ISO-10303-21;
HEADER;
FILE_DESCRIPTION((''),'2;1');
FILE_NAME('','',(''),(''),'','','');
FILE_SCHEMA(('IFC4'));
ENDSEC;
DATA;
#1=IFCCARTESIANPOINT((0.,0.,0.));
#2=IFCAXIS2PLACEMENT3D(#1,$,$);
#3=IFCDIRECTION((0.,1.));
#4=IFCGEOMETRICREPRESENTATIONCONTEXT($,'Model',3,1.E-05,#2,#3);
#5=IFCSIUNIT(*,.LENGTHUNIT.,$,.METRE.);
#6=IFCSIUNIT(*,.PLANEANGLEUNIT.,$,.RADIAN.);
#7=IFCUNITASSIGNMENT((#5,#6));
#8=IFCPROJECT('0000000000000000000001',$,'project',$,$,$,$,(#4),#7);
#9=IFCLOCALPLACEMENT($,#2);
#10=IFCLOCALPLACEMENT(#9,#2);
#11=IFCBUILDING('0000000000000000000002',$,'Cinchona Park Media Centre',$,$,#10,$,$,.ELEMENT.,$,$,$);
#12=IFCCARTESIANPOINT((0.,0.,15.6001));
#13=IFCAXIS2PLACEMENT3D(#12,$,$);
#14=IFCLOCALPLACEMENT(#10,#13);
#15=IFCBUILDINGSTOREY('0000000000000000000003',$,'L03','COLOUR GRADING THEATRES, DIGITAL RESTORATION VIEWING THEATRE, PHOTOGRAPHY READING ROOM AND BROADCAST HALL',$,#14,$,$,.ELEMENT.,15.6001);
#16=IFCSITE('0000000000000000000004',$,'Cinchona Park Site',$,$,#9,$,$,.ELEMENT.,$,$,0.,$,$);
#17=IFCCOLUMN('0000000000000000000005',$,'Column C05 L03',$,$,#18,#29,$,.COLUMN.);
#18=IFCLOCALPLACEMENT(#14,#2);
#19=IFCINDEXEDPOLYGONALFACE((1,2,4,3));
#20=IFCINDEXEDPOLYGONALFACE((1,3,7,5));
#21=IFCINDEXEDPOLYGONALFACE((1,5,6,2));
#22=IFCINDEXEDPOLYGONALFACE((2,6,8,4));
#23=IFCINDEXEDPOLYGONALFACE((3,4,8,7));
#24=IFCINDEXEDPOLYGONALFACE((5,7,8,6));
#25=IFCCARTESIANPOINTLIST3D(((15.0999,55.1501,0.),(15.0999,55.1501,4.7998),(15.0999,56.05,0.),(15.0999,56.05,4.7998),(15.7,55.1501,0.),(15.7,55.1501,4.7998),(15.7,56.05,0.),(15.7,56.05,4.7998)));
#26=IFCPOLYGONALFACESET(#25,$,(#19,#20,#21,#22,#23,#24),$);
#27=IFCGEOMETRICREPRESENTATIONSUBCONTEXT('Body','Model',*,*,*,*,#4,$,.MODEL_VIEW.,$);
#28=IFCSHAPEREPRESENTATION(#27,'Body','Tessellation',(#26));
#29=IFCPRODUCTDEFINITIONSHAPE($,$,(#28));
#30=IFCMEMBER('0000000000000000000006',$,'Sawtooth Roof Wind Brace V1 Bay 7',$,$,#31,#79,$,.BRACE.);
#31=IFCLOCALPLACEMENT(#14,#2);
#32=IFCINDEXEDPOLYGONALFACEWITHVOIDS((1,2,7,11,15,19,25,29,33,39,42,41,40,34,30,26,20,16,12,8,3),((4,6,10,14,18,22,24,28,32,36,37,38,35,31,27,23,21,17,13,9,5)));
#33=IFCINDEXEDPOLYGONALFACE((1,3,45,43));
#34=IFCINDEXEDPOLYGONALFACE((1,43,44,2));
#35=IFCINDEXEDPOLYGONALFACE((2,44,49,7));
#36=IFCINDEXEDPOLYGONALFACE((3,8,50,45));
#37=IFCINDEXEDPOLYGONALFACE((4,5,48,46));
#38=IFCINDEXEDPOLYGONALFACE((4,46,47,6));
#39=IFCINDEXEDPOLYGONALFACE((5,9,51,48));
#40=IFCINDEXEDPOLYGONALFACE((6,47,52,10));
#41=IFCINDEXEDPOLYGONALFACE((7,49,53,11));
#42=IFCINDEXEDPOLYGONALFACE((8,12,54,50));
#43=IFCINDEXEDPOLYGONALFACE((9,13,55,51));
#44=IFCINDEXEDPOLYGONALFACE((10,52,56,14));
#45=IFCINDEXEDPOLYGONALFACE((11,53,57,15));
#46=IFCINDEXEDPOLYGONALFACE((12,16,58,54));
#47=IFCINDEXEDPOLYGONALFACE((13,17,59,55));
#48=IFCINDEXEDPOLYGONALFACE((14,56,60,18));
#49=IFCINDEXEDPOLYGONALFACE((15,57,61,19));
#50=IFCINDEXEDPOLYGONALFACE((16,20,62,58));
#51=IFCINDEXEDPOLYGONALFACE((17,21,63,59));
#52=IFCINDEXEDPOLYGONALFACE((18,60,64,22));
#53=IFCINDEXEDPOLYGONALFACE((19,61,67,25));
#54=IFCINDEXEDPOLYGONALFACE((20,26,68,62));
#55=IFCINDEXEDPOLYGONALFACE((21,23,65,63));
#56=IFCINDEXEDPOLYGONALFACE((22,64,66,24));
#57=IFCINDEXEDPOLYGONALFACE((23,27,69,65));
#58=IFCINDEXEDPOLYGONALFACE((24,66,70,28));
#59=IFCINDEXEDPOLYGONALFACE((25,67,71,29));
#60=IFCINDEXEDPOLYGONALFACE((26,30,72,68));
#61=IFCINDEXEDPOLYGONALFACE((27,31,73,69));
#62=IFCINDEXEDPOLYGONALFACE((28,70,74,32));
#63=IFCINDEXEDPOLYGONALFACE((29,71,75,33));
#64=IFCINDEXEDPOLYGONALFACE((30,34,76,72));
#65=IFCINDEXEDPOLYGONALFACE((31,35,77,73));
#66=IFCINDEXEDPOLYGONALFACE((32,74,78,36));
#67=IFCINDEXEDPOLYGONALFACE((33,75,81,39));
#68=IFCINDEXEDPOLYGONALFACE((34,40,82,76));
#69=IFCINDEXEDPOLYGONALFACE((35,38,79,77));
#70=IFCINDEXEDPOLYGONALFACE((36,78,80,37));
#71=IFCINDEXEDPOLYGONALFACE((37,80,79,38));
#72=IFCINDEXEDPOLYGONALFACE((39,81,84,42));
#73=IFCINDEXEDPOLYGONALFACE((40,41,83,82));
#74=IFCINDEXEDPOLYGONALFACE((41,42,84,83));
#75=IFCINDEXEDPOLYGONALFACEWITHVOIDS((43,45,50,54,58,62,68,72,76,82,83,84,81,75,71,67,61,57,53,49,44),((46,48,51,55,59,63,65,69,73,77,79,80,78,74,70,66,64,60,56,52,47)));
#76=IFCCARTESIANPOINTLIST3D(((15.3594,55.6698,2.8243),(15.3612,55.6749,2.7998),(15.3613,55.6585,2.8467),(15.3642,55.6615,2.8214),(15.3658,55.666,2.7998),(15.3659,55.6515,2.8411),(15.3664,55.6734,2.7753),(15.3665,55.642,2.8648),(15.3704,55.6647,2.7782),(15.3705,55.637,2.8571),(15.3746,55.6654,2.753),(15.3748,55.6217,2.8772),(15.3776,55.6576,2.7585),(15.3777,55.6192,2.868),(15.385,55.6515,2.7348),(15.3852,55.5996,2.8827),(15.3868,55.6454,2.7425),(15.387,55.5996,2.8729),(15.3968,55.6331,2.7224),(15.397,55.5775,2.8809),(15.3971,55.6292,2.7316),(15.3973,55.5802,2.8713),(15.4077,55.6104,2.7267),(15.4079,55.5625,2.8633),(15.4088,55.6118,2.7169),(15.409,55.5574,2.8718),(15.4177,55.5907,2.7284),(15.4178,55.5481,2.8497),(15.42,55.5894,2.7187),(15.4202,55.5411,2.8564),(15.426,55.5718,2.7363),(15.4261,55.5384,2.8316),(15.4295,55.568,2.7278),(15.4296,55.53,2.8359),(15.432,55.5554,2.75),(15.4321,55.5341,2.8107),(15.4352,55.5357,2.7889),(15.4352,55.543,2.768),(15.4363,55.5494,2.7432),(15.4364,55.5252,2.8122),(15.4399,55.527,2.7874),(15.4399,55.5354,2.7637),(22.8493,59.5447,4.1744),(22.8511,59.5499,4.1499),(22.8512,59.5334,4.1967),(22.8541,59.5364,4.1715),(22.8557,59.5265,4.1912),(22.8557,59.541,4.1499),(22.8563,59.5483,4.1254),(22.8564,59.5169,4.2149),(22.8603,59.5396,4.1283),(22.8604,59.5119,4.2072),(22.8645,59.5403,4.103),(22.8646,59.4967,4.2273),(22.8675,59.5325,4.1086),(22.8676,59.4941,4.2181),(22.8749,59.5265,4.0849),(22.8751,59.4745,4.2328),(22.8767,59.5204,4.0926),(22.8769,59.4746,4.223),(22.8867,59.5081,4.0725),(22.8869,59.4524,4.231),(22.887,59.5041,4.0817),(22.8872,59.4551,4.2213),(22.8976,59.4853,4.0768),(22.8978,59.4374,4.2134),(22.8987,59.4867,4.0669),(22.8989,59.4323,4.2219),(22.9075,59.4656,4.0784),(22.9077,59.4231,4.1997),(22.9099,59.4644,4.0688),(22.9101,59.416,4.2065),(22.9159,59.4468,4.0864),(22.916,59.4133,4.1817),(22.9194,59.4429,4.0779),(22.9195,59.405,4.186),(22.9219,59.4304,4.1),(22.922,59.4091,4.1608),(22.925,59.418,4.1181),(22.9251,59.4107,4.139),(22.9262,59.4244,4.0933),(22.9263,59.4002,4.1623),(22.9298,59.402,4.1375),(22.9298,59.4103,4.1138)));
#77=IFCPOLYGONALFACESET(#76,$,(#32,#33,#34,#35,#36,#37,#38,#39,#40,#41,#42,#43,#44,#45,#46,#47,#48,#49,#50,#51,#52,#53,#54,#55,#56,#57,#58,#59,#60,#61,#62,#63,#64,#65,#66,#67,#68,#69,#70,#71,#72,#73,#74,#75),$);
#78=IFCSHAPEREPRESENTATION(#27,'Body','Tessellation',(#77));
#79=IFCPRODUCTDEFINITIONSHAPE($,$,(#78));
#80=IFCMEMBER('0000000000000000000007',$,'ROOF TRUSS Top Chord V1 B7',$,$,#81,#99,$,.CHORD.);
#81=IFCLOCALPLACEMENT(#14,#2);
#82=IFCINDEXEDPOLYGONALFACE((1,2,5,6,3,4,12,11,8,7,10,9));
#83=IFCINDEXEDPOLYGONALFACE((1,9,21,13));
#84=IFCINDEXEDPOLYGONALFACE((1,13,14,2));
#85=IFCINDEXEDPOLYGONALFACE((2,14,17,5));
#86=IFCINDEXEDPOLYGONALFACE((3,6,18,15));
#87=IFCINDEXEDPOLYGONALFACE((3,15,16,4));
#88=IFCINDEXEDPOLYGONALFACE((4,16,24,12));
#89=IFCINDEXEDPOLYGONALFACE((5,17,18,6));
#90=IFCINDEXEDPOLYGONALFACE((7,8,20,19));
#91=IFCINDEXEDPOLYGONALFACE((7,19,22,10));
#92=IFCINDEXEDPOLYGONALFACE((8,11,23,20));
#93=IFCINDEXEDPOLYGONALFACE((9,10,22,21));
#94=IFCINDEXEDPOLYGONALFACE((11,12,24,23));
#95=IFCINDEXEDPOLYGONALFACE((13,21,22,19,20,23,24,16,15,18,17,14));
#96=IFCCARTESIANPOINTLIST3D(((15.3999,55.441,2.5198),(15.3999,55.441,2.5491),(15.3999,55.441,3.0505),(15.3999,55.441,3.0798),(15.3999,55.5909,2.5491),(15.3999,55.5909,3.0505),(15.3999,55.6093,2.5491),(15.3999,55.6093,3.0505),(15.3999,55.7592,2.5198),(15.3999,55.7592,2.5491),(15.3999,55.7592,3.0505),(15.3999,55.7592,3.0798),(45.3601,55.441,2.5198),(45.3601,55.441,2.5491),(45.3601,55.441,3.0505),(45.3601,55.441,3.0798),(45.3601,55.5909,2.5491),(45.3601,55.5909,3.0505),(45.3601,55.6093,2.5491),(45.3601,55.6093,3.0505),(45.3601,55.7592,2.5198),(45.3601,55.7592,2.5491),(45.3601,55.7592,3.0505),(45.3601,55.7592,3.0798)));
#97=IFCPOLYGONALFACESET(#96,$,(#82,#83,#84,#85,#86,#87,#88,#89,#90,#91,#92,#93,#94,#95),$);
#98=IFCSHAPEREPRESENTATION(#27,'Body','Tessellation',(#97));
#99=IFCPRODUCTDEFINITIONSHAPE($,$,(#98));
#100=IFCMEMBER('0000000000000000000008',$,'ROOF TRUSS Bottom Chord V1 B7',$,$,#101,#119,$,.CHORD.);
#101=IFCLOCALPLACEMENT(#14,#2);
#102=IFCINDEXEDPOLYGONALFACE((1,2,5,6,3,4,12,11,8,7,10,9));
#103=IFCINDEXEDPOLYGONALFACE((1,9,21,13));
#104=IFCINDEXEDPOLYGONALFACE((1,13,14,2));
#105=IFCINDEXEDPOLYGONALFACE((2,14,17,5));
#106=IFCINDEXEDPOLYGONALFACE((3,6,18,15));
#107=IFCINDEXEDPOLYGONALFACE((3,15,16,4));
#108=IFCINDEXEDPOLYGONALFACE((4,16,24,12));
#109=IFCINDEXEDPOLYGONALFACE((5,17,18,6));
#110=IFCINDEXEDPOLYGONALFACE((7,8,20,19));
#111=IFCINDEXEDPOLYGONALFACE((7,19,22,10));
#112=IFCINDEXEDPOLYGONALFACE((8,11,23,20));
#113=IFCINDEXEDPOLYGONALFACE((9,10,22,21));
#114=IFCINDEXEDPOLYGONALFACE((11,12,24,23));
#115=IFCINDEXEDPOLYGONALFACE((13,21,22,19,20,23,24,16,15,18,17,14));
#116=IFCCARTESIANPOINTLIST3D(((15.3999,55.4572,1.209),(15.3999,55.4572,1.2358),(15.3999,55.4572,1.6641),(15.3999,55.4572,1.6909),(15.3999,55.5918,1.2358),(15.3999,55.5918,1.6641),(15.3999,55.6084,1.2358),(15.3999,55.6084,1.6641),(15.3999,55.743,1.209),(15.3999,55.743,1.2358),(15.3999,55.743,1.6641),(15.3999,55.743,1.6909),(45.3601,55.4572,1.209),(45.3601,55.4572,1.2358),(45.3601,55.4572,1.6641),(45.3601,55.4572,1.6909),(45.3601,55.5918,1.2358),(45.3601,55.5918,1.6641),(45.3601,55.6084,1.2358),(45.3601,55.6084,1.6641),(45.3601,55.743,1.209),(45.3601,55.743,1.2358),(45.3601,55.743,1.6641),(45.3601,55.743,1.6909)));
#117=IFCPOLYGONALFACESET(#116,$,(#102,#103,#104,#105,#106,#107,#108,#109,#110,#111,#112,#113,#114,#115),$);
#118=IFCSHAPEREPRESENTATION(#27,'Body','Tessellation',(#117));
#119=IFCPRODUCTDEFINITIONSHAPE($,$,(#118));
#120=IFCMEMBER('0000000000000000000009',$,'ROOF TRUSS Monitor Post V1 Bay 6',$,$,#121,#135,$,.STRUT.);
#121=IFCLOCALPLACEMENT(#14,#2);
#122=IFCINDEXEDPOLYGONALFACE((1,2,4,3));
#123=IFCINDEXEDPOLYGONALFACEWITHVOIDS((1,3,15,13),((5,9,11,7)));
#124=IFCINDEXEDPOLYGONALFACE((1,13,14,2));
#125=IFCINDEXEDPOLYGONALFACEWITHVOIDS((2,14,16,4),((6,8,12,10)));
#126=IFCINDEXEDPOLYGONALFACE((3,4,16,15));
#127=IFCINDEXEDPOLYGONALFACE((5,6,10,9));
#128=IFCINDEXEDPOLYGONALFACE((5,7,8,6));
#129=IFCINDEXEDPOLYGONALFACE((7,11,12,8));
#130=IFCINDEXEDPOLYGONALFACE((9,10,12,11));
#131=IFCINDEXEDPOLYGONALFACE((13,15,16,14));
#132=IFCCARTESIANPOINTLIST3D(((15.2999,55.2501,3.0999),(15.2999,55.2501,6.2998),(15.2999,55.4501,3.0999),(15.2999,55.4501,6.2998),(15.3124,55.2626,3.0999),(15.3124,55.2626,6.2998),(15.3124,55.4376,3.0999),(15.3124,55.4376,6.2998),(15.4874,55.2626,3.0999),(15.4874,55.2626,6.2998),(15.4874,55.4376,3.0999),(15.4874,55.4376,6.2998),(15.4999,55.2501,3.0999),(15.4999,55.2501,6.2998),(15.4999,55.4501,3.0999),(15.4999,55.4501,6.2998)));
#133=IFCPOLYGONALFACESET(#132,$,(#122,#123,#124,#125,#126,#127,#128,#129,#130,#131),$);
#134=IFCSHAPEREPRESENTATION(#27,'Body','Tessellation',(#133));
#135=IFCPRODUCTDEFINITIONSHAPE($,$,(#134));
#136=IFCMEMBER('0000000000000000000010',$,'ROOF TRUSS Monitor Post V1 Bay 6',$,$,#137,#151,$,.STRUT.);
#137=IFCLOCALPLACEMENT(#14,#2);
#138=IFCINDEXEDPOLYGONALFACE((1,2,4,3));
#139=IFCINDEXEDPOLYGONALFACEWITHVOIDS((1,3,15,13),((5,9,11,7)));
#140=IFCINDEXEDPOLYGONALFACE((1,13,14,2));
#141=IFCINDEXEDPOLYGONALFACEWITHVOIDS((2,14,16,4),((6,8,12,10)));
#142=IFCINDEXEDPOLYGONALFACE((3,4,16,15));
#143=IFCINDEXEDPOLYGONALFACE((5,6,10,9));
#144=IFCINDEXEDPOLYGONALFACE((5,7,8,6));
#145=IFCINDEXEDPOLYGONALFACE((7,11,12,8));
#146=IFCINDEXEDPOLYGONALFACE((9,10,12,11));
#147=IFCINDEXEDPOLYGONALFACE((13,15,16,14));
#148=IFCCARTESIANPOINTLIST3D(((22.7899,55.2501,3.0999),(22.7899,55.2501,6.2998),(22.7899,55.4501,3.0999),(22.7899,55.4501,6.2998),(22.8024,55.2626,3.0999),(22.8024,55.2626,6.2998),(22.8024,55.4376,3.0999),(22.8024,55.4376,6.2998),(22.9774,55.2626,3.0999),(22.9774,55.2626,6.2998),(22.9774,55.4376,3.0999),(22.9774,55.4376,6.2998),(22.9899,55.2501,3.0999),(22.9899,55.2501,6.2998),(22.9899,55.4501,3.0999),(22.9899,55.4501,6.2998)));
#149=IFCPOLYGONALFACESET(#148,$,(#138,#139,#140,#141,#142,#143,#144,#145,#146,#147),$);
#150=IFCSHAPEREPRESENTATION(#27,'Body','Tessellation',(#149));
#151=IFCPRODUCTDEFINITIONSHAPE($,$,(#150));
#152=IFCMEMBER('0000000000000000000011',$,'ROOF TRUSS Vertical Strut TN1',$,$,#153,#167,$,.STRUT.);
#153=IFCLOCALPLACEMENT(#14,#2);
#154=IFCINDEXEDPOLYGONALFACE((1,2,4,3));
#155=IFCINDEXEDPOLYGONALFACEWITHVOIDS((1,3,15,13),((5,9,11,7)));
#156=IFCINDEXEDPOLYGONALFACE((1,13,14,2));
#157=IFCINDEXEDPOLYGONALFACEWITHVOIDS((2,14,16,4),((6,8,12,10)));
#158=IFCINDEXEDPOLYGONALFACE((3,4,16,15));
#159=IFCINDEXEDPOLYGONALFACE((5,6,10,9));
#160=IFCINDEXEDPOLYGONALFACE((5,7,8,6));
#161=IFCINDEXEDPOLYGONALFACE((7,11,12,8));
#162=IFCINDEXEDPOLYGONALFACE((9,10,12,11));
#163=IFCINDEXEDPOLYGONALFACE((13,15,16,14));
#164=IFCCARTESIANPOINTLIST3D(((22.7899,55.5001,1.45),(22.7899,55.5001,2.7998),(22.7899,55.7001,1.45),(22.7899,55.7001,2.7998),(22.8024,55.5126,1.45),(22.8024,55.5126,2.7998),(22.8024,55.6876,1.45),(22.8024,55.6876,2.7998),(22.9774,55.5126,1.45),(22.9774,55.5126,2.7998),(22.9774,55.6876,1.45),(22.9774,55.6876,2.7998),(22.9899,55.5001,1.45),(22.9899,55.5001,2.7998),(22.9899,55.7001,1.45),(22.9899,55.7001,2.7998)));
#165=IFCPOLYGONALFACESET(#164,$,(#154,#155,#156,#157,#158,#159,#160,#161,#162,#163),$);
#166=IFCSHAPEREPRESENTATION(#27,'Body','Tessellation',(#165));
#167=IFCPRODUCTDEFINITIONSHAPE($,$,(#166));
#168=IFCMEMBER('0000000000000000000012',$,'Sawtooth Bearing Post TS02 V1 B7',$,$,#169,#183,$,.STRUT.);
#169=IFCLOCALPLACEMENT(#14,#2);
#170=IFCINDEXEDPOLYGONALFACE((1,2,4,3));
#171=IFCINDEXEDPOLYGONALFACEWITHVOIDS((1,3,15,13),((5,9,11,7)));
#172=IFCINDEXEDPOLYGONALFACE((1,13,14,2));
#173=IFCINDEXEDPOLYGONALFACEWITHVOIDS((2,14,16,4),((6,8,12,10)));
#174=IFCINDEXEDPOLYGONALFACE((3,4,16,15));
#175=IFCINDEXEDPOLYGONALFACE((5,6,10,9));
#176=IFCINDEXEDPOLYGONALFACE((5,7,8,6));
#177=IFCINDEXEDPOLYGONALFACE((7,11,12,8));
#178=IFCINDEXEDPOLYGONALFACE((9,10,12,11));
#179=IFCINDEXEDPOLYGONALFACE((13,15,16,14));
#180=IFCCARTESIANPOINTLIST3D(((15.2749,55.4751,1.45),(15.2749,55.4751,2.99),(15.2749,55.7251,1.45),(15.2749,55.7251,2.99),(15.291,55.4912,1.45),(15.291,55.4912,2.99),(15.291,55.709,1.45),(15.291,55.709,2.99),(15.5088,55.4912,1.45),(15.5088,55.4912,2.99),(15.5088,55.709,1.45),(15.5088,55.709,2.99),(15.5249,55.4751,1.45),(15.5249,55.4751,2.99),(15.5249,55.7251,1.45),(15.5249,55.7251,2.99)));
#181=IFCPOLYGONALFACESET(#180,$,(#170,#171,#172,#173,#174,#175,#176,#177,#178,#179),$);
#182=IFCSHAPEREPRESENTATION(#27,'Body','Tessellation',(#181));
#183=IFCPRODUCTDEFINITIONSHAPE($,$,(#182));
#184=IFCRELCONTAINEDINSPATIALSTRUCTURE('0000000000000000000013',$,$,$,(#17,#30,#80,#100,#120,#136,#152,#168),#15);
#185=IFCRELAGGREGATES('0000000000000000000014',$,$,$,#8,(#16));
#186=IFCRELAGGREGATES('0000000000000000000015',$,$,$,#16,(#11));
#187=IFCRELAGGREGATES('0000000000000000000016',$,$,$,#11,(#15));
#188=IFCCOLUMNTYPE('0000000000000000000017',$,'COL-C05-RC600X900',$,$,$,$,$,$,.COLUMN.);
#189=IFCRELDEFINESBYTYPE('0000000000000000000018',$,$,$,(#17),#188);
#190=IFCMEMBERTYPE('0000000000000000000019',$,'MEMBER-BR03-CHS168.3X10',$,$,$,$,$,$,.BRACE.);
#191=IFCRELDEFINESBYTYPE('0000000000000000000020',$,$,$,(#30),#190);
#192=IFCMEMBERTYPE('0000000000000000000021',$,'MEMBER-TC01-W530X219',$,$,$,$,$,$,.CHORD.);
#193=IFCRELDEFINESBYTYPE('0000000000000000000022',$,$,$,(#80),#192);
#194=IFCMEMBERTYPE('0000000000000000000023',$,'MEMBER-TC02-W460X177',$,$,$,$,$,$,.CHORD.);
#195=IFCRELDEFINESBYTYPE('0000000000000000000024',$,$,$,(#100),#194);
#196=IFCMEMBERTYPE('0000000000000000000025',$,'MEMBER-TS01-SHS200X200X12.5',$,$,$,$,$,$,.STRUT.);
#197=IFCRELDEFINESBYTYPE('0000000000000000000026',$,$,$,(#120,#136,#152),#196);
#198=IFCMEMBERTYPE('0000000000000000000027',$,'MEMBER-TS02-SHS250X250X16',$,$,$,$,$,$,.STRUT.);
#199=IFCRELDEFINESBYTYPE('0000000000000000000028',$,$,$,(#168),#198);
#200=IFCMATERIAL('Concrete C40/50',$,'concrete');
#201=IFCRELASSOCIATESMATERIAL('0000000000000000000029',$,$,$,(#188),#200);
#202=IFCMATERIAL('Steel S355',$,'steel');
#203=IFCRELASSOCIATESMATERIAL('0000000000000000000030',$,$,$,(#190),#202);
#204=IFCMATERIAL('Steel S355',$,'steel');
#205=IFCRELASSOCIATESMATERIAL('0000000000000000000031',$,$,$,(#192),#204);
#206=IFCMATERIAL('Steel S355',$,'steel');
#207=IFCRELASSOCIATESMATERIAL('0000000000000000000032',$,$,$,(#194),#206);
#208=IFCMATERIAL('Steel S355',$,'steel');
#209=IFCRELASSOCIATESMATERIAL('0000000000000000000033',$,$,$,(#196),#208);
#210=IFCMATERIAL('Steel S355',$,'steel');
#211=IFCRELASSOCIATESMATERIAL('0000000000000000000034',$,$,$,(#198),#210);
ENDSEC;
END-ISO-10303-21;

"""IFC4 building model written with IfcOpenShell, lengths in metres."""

from ifc_helpers import new_model, si_unit, direction, frame, origin, origin_2d, place, context, subcontext, project, spatial, rectangle, hollow_rectangle, hollow_circle, i_section, extrude, material, material_profile, profile_set, type_object, element, save


model = new_model("IFC4")

# Units and contexts
model_context = context("Model", 3, precision=1e-05, world=origin(), true_north=direction((0.0, 1.0)))
body_context = subcontext(model_context, "Body", "Model", "MODEL_VIEW")
ifc_project = project(units=[si_unit("LENGTHUNIT", "METRE"), si_unit("PLANEANGLEUNIT", "RADIAN")], contexts=[model_context])

# Site, building, storey
site_placement = place(None, origin())
site = spatial("IfcSite", under=ifc_project, at=site_placement, Name="Cinchona Park Site", CompositionType="ELEMENT", RefElevation=0.0)
building_placement = place(site_placement, origin())
building = spatial("IfcBuilding", under=site, at=building_placement, Name="Cinchona Park Media Centre", CompositionType="ELEMENT")
storey_placement = place(building_placement, frame((0.0, 0.0, 15.6001)))
storey = spatial("IfcBuildingStorey", under=building, at=storey_placement, Name="L03", Description="COLOUR GRADING THEATRES, DIGITAL RESTORATION VIEWING THEATRE, PHOTOGRAPHY READING ROOM AND BROADCAST HALL", CompositionType="ELEMENT", Elevation=15.6001)

# Column
ifc_material_1 = material(Name="Concrete C40/50", Category="concrete")
ifc_material_profile_1 = material_profile(ifc_material_1, rectangle(XDim=0.6001, YDim=0.8999, at=origin_2d()), Name="RC 600X900")
ifc_profile_set_1 = profile_set([ifc_material_profile_1], Name="Concrete C40/50")
column_type = type_object("IfcColumnType", Name="COL-C05-RC600X900", PredefinedType="COLUMN", material=ifc_profile_set_1)
column_placement = place(storey_placement, frame((15.3999, 55.6001, 0.0), z_axis=(0.0, 0.0, 1.0), x_axis=(1.0, 0.0, 0.0)))
element("IfcColumn", 1, at=column_placement, inside=storey, type_object=column_type, Name="Column C05 L03", PredefinedType="COLUMN", context=body_context, shape_type="SweptSolid", body=[
    extrude(rectangle(XDim=0.6001, YDim=0.8999, at=origin_2d()), origin(), (0.0, 0.0, 1.0), 4.7998),
])

# Members
ifc_material_2 = material(Name="Steel S355", Category="steel")
ifc_material_profile_2 = material_profile(ifc_material_2, hollow_circle(Radius=0.0842, WallThickness=0.01, at=origin_2d()), Name="168.3X10CHS")
ifc_profile_set_2 = profile_set([ifc_material_profile_2], Name="Steel S355")
member_type_1 = type_object("IfcMemberType", Name="MEMBER-BR03-CHS168.3X10", PredefinedType="BRACE", material=ifc_profile_set_2)
member_1_placement = place(storey_placement, frame((15.3999, 55.6001, 2.7998), z_axis=(0.877007, 0.453726, 0.158084), x_axis=(-0.459504, 0.888176, 0.0)))
element("IfcMember", 2, at=member_1_placement, inside=storey, type_object=member_type_1, Name="Sawtooth Roof Wind Brace V1 Bay 7", PredefinedType="BRACE", context=body_context, shape_type="SweptSolid", body=[
    extrude(hollow_circle(Radius=0.0842, WallThickness=0.01, at=origin_2d()), origin(), (0.0, 0.0, 1.0), 8.5403),
])
ifc_material_3 = material(Name="Steel S355", Category="steel")
ifc_material_profile_3 = material_profile(ifc_material_3, i_section(OverallWidth=0.3181, OverallDepth=0.5601, WebThickness=0.0183, FlangeThickness=0.0293, at=origin_2d()), Name="W530X219")
ifc_profile_set_3 = profile_set([ifc_material_profile_3], Name="Steel S355")
member_type_2 = type_object("IfcMemberType", Name="MEMBER-TC01-W530X219", PredefinedType="CHORD", material=ifc_profile_set_3)
member_2_placement = place(storey_placement, frame((15.3999, 55.6001, 2.7998), z_axis=(1.0, 0.0, 0.0), x_axis=(0.0, 1.0, 0.0)))
element("IfcMember", 3, at=member_2_placement, inside=storey, type_object=member_type_2, Name="ROOF TRUSS Top Chord V1 B7", PredefinedType="CHORD", context=body_context, shape_type="SweptSolid", body=[
    extrude(i_section(OverallWidth=0.3181, OverallDepth=0.5601, WebThickness=0.0183, FlangeThickness=0.0293, at=origin_2d()), origin(), (0.0, 0.0, 1.0), 29.9602),
])
ifc_material_4 = material(Name="Steel S355", Category="steel")
ifc_material_profile_4 = material_profile(ifc_material_4, i_section(OverallWidth=0.2859, OverallDepth=0.4819, WebThickness=0.0166, FlangeThickness=0.0269, at=origin_2d()), Name="W460X177")
ifc_profile_set_4 = profile_set([ifc_material_profile_4], Name="Steel S355")
member_type_3 = type_object("IfcMemberType", Name="MEMBER-TC02-W460X177", PredefinedType="CHORD", material=ifc_profile_set_4)
member_3_placement = place(storey_placement, frame((15.3999, 55.6001, 1.45), z_axis=(1.0, 0.0, 0.0), x_axis=(0.0, 1.0, 0.0)))
element("IfcMember", 4, at=member_3_placement, inside=storey, type_object=member_type_3, Name="ROOF TRUSS Bottom Chord V1 B7", PredefinedType="CHORD", context=body_context, shape_type="SweptSolid", body=[
    extrude(i_section(OverallWidth=0.2859, OverallDepth=0.4819, WebThickness=0.0166, FlangeThickness=0.0269, at=origin_2d()), origin(), (0.0, 0.0, 1.0), 29.9602),
])
ifc_material_5 = material(Name="Steel S355", Category="steel")
ifc_material_profile_5 = material_profile(ifc_material_5, hollow_rectangle(XDim=0.2, YDim=0.2, WallThickness=0.0125, at=origin_2d()), Name="200X200X12.5SHS")
ifc_profile_set_5 = profile_set([ifc_material_profile_5], Name="Steel S355")
member_type_4 = type_object("IfcMemberType", Name="MEMBER-TS01-SHS200X200X12.5", PredefinedType="STRUT", material=ifc_profile_set_5)
for number, where, z_axis, x_axis, name in (
    (5, (15.3999, 55.3501, 3.0999), (0.0, 0.0, 1.0), (1.0, 0.0, 0.0), "ROOF TRUSS Monitor Post V1 Bay 6"),
    (6, (22.8899, 55.3501, 3.0999), (0.0, 0.0, 1.0), (1.0, 0.0, 0.0), "ROOF TRUSS Monitor Post V1 Bay 6"),
):
    element("IfcMember", number, at=place(storey_placement, frame(where, z_axis=z_axis, x_axis=x_axis)), inside=storey, type_object=member_type_4, Name=name, PredefinedType="STRUT", context=body_context, shape_type="SweptSolid", body=[
        extrude(hollow_rectangle(XDim=0.2, YDim=0.2, WallThickness=0.0125, at=origin_2d()), origin(), (0.0, 0.0, 1.0), 3.2),
    ])
member_4_placement = place(storey_placement, frame((22.8899, 55.6001, 1.45), z_axis=(0.0, 0.0, 1.0), x_axis=(1.0, 0.0, 0.0)))
element("IfcMember", 7, at=member_4_placement, inside=storey, type_object=member_type_4, Name="ROOF TRUSS Vertical Strut TN1", PredefinedType="STRUT", context=body_context, shape_type="SweptSolid", body=[
    extrude(hollow_rectangle(XDim=0.2, YDim=0.2, WallThickness=0.0125, at=origin_2d()), origin(), (0.0, 0.0, 1.0), 1.3499),
])
ifc_material_6 = material(Name="Steel S355", Category="steel")
ifc_material_profile_6 = material_profile(ifc_material_6, hollow_rectangle(XDim=0.25, YDim=0.25, WallThickness=0.0161, at=origin_2d()), Name="250X250X16SHS")
ifc_profile_set_6 = profile_set([ifc_material_profile_6], Name="Steel S355")
member_type_5 = type_object("IfcMemberType", Name="MEMBER-TS02-SHS250X250X16", PredefinedType="STRUT", material=ifc_profile_set_6)
member_5_placement = place(storey_placement, frame((15.3999, 55.6001, 1.45), z_axis=(0.0, 0.0, 1.0), x_axis=(1.0, 0.0, 0.0)))
element("IfcMember", 8, at=member_5_placement, inside=storey, type_object=member_type_5, Name="Sawtooth Bearing Post TS02 V1 B7", PredefinedType="STRUT", context=body_context, shape_type="SweptSolid", body=[
    extrude(hollow_rectangle(XDim=0.25, YDim=0.25, WallThickness=0.0161, at=origin_2d()), origin(), (0.0, 0.0, 1.0), 1.54),
])

save(model, "model.ifc")
